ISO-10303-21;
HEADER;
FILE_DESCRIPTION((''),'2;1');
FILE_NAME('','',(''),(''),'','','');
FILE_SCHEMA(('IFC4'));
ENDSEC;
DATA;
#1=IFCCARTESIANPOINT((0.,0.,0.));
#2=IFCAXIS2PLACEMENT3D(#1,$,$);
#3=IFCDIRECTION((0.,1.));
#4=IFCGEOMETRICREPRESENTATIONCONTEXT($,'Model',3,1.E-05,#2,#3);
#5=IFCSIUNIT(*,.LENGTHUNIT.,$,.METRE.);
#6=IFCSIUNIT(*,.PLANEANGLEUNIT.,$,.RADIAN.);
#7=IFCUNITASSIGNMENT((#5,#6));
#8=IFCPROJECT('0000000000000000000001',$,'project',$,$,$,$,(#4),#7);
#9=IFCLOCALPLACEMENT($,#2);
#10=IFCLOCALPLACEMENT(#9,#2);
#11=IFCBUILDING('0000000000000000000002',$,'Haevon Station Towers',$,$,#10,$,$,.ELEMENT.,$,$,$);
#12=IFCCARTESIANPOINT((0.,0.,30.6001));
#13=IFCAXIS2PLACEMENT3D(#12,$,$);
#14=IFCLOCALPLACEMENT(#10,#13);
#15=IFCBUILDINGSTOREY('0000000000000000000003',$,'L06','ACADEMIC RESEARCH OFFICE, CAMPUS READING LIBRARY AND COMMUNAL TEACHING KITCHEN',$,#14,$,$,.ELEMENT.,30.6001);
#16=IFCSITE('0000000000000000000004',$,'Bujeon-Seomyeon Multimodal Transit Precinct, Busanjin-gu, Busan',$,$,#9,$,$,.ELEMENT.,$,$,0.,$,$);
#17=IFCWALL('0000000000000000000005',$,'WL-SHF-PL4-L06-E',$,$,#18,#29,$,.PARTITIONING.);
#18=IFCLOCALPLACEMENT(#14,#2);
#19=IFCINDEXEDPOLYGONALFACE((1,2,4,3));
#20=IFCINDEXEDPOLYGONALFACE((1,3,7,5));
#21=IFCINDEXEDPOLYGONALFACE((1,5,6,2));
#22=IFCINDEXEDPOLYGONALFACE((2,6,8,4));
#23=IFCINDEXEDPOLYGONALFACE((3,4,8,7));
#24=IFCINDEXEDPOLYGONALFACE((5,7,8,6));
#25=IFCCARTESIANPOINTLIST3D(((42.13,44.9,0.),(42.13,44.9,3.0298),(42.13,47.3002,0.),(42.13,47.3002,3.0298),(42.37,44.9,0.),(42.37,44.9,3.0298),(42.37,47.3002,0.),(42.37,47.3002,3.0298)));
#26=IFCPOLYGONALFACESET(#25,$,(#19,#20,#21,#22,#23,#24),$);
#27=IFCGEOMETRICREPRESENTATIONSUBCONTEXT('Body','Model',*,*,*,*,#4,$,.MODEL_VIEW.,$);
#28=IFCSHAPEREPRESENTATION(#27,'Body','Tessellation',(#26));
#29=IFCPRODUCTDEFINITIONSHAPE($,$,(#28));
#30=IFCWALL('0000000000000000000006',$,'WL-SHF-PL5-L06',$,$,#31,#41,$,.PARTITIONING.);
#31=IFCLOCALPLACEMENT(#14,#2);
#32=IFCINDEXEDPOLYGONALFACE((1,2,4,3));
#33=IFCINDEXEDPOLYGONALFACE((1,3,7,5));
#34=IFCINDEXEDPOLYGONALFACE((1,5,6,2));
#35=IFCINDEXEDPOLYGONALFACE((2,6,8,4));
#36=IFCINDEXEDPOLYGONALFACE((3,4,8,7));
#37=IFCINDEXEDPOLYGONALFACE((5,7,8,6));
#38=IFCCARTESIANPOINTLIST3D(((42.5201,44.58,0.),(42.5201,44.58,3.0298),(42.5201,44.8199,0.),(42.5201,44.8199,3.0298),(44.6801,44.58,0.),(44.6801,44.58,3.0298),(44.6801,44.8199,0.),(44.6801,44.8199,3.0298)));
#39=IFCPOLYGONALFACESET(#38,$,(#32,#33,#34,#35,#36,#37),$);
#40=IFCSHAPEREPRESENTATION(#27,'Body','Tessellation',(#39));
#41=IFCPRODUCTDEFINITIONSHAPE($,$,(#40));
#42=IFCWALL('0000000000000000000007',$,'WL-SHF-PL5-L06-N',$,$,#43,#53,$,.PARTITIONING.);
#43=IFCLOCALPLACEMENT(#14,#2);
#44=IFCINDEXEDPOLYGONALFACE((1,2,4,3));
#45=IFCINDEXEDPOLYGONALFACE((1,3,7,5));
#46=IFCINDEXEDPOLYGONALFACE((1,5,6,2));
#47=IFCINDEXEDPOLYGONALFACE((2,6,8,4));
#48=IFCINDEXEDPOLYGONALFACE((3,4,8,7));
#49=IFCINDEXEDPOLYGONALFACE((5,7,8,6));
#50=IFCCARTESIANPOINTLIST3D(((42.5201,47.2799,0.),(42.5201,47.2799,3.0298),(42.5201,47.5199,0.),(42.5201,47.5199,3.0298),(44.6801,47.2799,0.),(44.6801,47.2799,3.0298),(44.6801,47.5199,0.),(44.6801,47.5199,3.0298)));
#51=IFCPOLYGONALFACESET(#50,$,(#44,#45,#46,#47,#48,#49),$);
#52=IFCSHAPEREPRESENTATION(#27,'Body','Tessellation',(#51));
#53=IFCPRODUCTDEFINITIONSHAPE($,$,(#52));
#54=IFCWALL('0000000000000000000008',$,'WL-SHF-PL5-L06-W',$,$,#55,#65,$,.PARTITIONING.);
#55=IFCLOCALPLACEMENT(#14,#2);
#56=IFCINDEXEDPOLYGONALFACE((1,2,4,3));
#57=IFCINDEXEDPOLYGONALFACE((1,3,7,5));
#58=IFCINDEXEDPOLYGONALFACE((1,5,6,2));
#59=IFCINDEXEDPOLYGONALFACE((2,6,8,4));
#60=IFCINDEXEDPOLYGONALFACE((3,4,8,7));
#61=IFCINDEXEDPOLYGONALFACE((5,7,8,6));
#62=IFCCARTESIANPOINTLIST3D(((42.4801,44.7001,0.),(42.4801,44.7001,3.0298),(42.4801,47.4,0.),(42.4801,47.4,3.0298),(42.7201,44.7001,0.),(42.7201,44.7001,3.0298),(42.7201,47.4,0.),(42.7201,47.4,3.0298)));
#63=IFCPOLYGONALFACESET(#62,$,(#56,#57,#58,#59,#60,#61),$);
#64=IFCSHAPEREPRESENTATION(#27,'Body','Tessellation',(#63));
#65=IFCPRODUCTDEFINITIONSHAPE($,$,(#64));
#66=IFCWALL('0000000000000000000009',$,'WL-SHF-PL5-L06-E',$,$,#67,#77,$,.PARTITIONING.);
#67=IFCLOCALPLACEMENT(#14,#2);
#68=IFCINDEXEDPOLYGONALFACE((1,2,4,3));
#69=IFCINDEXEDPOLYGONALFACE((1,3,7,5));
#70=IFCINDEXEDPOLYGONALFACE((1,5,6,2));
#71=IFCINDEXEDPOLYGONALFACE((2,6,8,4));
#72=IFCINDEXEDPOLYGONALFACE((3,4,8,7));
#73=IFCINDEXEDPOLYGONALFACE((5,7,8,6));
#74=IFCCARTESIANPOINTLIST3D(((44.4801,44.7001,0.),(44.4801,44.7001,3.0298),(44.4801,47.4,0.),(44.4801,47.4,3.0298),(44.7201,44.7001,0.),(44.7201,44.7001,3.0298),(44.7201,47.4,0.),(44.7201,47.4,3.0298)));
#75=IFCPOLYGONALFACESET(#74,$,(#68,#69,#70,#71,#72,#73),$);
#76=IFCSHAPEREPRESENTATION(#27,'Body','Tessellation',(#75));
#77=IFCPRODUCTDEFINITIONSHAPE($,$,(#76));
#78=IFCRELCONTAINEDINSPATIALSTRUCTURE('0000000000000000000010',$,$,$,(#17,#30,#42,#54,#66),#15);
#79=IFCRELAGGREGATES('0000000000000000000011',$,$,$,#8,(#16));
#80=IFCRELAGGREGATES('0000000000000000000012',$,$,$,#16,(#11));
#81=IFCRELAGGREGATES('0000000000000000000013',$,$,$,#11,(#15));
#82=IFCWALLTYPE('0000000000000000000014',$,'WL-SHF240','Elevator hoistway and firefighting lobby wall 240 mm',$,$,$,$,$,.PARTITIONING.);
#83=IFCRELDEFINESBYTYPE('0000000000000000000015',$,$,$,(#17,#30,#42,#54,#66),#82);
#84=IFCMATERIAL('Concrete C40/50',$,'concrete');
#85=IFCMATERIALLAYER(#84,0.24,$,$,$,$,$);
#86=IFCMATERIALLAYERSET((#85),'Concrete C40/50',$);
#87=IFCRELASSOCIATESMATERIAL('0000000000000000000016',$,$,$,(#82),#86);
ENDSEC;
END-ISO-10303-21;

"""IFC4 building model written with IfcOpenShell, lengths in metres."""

from ifc_helpers import new_model, si_unit, direction, frame, frame_2d, origin, place, context, subcontext, project, spatial, rectangle, extrude, material, layer, layer_set, type_object, element, save


model = new_model("IFC4")

# Units and contexts
model_context = context("Model", 3, precision=1e-05, world=origin(), true_north=direction((0.0, 1.0)))
body_context = subcontext(model_context, "Body", "Model", "MODEL_VIEW")
ifc_project = project(units=[si_unit("LENGTHUNIT", "METRE"), si_unit("PLANEANGLEUNIT", "RADIAN")], contexts=[model_context])

# Site, building, storey
site_placement = place(None, origin())
site = spatial("IfcSite", under=ifc_project, at=site_placement, Name="Bujeon-Seomyeon Multimodal Transit Precinct, Busanjin-gu, Busan", CompositionType="ELEMENT", RefElevation=0.0)
building_placement = place(site_placement, origin())
building = spatial("IfcBuilding", under=site, at=building_placement, Name="Haevon Station Towers", CompositionType="ELEMENT")
storey_placement = place(building_placement, frame((0.0, 0.0, 30.6001)))
storey = spatial("IfcBuildingStorey", under=building, at=storey_placement, Name="L06", Description="ACADEMIC RESEARCH OFFICE, CAMPUS READING LIBRARY AND COMMUNAL TEACHING KITCHEN", CompositionType="ELEMENT", Elevation=30.6001)

# Shared definitions
ifc_material_1 = material(Name="Concrete C40/50", Category="concrete")
ifc_layer_1 = layer(ifc_material_1, 0.24)
ifc_layer_set_1 = layer_set([ifc_layer_1], Name="Concrete C40/50")
wall_type_1 = type_object("IfcWallType", Name="WL-SHF240", Description="Elevator hoistway and firefighting lobby wall 240 mm", PredefinedType="PARTITIONING", material=ifc_layer_set_1)

# Walls
wall_1_placement = place(storey_placement, frame((42.25, 44.8999, 0.0), z_axis=(0.0, 0.0, 1.0), x_axis=(0.0, 1.0, 0.0)))
element("IfcWall", 1, at=wall_1_placement, inside=storey, type_object=wall_type_1, Name="WL-SHF-PL4-L06-E", PredefinedType="PARTITIONING", context=body_context, shape_type="SweptSolid", body=[
    extrude(rectangle(XDim=2.4001, YDim=0.24, at=frame_2d((1.2002, 0.0))), origin(), (0.0, 0.0, 1.0), 3.0298),
])
for number, where, z_axis, x_axis, name in (
    (2, (42.52, 44.7, 0.0), (0.0, 0.0, 1.0), (1.0, 0.0, 0.0), "WL-SHF-PL5-L06"),
    (3, (42.52, 47.3999, 0.0), (0.0, 0.0, 1.0), (1.0, 0.0, 0.0), "WL-SHF-PL5-L06-N"),
):
    element("IfcWall", number, at=place(storey_placement, frame(where, z_axis=z_axis, x_axis=x_axis)), inside=storey, type_object=wall_type_1, Name=name, PredefinedType="PARTITIONING", context=body_context, shape_type="SweptSolid", body=[
        extrude(rectangle(XDim=2.1599, YDim=0.24, at=frame_2d((1.0801, 0.0))), origin(), (0.0, 0.0, 1.0), 3.0298),
    ])
for number, where, z_axis, x_axis, name in (
    (4, (42.6001, 44.7, 0.0), (0.0, 0.0, 1.0), (0.0, 1.0, 0.0), "WL-SHF-PL5-L06-W"),
    (5, (44.6001, 44.7, 0.0), (0.0, 0.0, 1.0), (0.0, 1.0, 0.0), "WL-SHF-PL5-L06-E"),
):
    element("IfcWall", number, at=place(storey_placement, frame(where, z_axis=z_axis, x_axis=x_axis)), inside=storey, type_object=wall_type_1, Name=name, PredefinedType="PARTITIONING", context=body_context, shape_type="SweptSolid", body=[
        extrude(rectangle(XDim=2.7, YDim=0.24, at=frame_2d((1.3501, 0.0))), origin(), (0.0, 0.0, 1.0), 3.0298),
    ])

save(model, "model.ifc")
